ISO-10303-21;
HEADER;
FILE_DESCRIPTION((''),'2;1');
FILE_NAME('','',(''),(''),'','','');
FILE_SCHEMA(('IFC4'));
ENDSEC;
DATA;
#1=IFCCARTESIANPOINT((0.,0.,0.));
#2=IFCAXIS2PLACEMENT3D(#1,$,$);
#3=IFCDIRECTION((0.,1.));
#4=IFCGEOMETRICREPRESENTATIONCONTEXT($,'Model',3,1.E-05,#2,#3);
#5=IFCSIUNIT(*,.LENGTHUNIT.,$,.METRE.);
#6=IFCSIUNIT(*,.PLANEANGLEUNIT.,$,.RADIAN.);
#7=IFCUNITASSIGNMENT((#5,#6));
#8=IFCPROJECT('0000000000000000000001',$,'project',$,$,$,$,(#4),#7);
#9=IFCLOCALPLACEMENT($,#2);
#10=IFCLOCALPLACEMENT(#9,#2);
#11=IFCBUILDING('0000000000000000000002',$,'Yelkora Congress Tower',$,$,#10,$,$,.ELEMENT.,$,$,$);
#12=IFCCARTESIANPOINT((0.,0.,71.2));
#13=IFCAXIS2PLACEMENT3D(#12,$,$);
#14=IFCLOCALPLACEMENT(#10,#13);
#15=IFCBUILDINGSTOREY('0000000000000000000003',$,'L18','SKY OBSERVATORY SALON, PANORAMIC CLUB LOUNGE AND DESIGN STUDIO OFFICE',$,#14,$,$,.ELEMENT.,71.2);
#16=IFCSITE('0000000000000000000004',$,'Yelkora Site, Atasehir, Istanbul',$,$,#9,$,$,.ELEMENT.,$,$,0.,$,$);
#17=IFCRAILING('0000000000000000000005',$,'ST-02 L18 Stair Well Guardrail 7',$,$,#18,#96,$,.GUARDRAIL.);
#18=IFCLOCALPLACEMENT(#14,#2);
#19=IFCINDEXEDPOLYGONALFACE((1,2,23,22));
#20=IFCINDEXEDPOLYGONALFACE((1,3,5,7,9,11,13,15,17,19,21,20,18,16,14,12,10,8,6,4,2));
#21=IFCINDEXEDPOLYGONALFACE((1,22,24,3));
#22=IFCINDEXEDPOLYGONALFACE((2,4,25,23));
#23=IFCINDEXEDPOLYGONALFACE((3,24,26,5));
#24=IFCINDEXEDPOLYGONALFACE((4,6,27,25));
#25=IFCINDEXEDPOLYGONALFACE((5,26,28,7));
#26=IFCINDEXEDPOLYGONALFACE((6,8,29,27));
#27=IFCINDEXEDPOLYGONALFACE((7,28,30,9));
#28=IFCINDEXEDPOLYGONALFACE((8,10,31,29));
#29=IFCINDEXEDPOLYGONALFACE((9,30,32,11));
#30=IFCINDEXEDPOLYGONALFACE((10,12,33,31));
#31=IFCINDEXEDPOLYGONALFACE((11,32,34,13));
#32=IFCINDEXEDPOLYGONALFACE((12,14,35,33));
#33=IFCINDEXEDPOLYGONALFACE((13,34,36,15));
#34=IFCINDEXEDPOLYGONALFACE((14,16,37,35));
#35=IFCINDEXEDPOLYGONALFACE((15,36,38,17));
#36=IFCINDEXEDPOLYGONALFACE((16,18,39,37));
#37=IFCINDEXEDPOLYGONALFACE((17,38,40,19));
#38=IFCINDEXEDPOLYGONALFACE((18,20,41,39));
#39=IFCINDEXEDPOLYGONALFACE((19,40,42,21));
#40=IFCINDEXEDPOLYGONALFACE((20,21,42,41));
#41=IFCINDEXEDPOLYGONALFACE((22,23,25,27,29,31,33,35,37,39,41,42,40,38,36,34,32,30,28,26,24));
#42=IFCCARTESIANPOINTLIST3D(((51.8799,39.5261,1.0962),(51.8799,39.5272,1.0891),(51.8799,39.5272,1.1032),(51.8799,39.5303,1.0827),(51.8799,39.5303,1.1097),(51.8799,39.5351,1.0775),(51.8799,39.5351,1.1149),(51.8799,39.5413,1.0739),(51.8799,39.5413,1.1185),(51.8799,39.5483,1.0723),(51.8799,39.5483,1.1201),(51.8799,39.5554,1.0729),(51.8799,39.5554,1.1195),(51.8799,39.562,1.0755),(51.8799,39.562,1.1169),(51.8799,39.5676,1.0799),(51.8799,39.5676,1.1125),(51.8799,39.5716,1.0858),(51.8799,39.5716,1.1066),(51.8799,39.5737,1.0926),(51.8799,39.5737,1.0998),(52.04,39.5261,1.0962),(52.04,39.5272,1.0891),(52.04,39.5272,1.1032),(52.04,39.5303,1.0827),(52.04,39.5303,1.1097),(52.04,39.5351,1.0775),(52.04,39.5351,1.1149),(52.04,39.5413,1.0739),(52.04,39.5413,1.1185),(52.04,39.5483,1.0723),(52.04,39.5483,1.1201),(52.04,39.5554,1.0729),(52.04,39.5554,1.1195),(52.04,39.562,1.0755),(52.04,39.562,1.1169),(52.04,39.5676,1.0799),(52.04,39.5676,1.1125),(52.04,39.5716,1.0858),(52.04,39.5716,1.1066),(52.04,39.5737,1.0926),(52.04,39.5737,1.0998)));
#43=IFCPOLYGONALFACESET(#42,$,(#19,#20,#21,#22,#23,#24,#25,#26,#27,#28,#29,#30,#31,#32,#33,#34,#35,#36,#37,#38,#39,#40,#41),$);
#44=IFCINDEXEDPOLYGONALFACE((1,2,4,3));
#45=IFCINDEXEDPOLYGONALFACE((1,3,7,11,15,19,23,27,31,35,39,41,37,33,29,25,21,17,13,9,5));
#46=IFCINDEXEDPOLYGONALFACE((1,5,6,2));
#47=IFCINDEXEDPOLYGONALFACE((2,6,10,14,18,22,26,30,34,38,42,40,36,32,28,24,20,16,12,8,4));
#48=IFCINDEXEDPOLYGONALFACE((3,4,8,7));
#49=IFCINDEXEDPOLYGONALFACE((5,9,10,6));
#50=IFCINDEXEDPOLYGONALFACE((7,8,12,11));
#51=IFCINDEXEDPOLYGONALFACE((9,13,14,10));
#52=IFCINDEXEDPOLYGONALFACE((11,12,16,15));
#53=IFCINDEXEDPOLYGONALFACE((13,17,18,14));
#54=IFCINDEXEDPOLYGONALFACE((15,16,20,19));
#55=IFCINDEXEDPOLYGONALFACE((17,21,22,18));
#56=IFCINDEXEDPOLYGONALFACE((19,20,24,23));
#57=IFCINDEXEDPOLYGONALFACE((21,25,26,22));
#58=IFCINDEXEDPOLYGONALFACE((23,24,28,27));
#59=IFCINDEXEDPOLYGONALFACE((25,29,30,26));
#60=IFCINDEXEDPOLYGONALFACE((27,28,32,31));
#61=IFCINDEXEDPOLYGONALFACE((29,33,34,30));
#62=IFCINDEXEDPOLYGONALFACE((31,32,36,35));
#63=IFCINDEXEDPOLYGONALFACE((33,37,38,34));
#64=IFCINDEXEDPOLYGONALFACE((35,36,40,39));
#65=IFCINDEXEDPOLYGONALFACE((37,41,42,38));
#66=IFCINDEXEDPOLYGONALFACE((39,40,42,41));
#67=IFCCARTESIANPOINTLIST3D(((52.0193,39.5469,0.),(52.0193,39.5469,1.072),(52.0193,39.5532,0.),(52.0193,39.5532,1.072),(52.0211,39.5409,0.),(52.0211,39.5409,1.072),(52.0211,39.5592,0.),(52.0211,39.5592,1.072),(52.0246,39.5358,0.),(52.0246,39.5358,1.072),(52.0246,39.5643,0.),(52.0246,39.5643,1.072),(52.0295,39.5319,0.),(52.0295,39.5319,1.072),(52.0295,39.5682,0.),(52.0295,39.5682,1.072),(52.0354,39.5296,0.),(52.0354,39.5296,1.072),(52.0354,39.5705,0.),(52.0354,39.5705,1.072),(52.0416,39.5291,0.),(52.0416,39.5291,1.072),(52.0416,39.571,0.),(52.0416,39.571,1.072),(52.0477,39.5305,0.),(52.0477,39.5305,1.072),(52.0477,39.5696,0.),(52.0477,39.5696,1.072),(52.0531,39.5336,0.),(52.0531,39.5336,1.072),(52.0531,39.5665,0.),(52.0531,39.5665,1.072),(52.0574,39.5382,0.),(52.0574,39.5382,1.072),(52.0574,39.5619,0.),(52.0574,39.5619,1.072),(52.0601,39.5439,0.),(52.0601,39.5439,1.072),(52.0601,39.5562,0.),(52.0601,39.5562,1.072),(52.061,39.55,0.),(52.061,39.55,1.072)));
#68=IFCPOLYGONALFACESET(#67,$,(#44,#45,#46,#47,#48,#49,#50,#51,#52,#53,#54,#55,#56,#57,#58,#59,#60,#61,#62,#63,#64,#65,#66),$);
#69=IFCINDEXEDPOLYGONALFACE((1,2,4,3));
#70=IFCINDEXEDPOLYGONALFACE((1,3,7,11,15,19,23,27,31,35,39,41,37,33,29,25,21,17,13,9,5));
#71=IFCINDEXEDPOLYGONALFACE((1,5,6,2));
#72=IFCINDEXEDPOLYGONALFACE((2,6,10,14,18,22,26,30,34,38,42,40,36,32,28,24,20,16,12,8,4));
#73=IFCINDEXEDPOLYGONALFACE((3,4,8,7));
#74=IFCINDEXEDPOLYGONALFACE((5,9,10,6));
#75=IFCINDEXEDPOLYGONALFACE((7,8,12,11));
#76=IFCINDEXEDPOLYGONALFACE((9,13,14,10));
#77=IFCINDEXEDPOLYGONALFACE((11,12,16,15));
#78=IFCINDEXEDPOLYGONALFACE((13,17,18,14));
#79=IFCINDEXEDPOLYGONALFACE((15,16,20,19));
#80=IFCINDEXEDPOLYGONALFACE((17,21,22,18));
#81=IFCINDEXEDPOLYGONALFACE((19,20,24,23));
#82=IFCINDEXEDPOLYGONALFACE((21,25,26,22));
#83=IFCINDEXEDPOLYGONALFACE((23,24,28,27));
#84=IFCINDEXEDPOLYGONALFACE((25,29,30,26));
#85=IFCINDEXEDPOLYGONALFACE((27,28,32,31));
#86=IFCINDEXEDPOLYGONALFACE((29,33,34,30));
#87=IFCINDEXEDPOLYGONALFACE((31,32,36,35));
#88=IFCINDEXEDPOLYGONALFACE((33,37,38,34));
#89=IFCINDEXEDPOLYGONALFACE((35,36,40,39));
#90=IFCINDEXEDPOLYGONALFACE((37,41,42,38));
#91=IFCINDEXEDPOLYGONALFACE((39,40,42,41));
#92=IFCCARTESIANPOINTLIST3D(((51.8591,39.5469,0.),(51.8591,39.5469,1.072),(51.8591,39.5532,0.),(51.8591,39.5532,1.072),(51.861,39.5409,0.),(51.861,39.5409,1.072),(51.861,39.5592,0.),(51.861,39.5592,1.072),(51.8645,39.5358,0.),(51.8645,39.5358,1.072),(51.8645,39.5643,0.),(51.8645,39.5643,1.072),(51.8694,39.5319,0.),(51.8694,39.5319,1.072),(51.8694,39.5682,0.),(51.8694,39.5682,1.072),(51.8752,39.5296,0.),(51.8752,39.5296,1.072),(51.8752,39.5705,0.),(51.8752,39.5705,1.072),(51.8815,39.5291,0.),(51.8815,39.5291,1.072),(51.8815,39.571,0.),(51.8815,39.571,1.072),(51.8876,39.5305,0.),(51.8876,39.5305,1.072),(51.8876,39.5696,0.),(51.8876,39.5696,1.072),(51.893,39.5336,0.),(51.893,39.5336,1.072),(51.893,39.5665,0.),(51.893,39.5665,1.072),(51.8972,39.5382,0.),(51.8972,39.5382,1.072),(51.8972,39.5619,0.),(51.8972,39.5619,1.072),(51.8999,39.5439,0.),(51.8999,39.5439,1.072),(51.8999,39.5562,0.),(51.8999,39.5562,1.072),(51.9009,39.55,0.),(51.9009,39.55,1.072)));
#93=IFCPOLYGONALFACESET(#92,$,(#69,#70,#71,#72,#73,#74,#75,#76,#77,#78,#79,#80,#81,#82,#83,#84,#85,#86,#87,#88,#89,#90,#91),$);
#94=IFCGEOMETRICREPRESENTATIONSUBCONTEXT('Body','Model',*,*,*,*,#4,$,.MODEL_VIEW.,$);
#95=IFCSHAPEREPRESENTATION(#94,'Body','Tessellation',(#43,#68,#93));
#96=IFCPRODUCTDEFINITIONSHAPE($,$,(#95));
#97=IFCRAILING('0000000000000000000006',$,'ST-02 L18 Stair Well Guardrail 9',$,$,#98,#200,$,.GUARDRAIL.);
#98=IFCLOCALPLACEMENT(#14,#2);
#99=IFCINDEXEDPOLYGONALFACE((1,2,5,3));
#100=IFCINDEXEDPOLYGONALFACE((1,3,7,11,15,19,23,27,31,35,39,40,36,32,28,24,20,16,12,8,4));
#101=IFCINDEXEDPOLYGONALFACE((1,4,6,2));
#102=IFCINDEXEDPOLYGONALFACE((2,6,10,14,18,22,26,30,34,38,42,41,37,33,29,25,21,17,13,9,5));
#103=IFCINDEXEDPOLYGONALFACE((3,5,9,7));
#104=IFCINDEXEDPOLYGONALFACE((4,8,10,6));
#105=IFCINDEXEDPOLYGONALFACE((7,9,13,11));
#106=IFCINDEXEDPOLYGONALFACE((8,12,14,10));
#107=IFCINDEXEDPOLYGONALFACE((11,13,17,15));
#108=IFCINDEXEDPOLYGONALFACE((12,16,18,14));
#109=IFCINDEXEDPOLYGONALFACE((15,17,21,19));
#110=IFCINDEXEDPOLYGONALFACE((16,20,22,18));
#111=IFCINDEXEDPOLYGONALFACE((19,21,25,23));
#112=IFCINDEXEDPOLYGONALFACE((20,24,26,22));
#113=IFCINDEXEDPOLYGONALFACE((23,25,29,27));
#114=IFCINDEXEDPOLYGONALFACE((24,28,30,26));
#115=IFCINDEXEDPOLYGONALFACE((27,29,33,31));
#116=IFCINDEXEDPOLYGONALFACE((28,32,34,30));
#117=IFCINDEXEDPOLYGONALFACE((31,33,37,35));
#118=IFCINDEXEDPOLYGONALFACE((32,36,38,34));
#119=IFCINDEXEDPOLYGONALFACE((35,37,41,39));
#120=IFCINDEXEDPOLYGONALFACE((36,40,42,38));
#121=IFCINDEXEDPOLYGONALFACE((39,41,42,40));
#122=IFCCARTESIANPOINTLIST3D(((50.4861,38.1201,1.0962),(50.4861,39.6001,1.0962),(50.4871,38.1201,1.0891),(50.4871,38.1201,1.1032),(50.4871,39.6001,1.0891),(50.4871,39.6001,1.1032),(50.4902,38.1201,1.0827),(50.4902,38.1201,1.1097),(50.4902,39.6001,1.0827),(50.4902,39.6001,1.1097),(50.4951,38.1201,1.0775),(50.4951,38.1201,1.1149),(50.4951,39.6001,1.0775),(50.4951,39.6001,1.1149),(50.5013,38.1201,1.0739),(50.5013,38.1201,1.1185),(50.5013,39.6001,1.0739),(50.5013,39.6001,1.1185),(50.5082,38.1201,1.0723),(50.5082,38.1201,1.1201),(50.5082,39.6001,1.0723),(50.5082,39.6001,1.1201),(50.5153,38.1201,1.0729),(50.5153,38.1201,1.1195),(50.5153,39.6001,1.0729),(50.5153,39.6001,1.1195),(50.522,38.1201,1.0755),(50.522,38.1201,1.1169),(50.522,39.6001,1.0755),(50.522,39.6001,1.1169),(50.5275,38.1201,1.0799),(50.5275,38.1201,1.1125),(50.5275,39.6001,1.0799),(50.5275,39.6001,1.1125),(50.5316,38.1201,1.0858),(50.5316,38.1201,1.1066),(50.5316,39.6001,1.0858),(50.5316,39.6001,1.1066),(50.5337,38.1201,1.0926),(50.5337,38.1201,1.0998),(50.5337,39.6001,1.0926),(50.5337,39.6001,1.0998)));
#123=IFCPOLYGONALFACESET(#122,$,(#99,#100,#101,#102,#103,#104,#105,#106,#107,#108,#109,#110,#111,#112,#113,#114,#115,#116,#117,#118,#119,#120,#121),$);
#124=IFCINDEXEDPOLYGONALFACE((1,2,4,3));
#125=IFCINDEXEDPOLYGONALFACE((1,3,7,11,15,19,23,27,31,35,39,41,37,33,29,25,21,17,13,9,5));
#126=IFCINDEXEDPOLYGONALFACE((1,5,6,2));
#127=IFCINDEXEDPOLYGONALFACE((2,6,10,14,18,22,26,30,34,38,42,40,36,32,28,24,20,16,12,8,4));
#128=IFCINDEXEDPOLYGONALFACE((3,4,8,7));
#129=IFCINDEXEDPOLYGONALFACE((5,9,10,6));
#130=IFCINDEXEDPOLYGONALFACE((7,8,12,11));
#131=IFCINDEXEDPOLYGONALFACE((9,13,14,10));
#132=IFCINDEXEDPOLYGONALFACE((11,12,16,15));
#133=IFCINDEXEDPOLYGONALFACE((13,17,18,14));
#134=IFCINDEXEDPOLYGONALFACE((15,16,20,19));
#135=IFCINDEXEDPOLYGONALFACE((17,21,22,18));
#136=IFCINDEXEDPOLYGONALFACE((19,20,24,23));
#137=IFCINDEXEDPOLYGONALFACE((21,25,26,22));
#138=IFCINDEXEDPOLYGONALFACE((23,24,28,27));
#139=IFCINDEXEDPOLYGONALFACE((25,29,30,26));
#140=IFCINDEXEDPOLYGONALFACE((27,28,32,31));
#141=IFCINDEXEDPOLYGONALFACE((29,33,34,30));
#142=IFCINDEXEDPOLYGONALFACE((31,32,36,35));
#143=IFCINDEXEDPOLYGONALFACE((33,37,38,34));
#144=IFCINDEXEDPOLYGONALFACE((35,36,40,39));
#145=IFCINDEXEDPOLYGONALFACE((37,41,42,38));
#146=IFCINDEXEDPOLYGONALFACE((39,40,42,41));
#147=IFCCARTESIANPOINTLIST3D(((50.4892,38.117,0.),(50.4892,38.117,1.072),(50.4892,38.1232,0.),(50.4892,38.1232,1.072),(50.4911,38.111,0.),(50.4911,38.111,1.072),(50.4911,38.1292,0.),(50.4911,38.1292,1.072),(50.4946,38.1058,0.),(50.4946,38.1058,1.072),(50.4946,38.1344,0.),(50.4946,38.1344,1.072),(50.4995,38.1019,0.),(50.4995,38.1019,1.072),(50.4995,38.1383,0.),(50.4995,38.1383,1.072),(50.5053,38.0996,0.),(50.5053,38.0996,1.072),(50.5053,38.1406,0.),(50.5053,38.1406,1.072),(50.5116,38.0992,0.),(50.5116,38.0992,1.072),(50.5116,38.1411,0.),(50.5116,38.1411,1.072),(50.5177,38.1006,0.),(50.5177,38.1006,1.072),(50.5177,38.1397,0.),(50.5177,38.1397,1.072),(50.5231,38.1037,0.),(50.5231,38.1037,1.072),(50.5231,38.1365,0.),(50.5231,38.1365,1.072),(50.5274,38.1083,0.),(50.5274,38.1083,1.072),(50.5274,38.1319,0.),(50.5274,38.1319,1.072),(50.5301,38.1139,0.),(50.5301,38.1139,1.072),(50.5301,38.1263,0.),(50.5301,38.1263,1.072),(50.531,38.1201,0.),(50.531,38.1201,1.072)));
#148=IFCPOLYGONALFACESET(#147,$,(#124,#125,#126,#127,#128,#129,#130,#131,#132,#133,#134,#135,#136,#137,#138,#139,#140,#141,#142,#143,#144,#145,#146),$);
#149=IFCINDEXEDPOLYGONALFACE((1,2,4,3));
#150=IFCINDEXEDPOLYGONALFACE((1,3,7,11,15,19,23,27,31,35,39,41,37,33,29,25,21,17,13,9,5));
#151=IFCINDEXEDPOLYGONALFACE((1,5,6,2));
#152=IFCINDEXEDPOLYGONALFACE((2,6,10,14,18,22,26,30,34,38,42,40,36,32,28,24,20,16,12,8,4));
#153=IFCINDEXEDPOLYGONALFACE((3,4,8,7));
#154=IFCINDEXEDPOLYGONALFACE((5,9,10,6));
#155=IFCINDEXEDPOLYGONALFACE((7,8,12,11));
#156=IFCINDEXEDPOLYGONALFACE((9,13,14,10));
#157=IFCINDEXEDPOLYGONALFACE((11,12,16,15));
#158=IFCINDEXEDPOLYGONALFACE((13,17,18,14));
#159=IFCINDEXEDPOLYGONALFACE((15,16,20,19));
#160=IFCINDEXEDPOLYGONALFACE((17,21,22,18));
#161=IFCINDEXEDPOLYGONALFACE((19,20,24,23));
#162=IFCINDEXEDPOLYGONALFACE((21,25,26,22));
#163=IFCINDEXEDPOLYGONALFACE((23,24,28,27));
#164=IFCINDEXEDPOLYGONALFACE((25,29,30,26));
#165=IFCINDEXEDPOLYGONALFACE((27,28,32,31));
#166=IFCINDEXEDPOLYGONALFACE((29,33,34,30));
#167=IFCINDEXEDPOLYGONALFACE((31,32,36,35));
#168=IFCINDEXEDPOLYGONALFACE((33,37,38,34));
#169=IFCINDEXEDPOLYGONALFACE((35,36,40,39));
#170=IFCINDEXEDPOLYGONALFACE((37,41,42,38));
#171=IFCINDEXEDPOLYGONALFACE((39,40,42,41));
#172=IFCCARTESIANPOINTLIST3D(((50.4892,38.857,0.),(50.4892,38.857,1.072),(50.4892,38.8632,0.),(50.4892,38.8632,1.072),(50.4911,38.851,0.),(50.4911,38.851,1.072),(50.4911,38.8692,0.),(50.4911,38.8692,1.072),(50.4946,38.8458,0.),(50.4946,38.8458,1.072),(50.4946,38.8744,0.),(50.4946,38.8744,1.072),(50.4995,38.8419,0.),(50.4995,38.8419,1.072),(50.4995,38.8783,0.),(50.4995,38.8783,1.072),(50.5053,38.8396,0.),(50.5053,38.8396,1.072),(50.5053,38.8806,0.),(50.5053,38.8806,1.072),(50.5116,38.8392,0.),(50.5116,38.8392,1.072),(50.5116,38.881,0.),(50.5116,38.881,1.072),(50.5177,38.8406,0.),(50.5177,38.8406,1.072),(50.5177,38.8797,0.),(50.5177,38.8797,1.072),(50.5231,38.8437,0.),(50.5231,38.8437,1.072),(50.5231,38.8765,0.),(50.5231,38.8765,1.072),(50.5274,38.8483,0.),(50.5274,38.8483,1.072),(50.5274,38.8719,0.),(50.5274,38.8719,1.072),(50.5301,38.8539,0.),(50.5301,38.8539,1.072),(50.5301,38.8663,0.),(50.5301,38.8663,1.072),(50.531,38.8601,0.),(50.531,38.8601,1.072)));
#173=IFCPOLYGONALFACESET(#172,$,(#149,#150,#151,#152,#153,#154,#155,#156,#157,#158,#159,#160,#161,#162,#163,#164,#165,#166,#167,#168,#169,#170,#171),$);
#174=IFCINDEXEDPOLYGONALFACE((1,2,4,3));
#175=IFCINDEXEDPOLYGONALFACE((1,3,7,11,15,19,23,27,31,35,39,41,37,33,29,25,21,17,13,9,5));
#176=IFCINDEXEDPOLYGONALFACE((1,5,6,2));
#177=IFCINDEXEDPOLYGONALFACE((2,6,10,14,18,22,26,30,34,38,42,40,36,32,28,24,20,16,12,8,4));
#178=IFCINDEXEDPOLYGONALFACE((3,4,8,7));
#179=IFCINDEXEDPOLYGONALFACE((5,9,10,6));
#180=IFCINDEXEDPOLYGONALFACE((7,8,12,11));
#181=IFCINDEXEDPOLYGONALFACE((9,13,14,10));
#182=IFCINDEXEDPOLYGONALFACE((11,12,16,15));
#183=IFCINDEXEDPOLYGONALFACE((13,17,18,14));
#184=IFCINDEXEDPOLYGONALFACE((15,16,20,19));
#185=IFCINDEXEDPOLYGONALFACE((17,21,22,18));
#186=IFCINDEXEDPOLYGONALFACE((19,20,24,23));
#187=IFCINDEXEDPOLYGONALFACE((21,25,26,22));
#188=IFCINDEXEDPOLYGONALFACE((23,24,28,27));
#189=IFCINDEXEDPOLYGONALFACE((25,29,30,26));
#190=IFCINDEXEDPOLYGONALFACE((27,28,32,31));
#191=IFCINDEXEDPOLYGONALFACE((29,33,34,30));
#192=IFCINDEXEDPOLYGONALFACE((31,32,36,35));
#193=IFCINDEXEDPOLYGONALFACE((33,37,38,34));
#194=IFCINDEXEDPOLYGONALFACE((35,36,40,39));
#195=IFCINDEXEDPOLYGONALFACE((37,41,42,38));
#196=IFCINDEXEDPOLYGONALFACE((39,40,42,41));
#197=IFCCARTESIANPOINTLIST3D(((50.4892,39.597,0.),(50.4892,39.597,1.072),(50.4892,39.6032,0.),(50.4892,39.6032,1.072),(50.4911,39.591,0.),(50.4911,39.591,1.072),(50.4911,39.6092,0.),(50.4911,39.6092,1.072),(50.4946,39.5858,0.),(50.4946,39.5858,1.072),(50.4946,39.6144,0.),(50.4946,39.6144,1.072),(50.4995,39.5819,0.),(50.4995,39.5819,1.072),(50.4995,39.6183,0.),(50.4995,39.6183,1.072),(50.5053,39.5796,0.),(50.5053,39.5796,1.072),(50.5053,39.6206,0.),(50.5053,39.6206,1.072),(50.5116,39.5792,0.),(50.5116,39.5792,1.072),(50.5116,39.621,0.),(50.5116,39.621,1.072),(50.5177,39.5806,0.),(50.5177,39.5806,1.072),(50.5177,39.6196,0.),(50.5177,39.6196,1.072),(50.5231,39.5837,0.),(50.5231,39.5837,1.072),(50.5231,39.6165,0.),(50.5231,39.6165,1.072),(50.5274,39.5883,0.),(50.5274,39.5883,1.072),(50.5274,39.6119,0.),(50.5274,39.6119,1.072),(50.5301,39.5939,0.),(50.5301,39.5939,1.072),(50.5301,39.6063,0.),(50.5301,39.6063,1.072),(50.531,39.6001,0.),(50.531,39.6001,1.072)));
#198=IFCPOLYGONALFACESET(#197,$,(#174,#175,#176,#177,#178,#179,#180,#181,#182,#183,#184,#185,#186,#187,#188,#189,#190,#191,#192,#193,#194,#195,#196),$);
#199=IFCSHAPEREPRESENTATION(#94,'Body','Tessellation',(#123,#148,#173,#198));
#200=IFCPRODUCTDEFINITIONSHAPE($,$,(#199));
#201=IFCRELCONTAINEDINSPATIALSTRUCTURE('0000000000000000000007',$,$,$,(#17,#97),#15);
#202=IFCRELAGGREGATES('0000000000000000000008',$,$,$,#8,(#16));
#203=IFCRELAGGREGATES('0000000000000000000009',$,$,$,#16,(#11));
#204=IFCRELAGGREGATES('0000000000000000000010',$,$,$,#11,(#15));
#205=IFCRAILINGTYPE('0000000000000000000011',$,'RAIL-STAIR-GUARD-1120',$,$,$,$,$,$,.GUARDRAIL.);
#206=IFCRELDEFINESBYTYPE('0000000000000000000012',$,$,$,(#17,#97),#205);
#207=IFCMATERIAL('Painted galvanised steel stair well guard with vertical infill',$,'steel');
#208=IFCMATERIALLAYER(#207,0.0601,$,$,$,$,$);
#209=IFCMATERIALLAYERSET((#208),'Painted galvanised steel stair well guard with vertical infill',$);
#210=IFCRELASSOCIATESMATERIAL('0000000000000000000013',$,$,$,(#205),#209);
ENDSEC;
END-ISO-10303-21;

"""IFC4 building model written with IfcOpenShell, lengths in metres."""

from ifc_helpers import new_model, si_unit, direction, frame, origin, origin_2d, place, context, subcontext, project, spatial, circle, extrude, material, layer, layer_set, type_object, element, save


model = new_model("IFC4")

# Units and contexts
model_context = context("Model", 3, precision=1e-05, world=origin(), true_north=direction((0.0, 1.0)))
body_context = subcontext(model_context, "Body", "Model", "MODEL_VIEW")
ifc_project = project(units=[si_unit("LENGTHUNIT", "METRE"), si_unit("PLANEANGLEUNIT", "RADIAN")], contexts=[model_context])

# Site, building, storey
site_placement = place(None, origin())
site = spatial("IfcSite", under=ifc_project, at=site_placement, Name="Yelkora Site, Atasehir, Istanbul", CompositionType="ELEMENT", RefElevation=0.0)
building_placement = place(site_placement, origin())
building = spatial("IfcBuilding", under=site, at=building_placement, Name="Yelkora Congress Tower", CompositionType="ELEMENT")
storey_placement = place(building_placement, frame((0.0, 0.0, 71.2)))
storey = spatial("IfcBuildingStorey", under=building, at=storey_placement, Name="L18", Description="SKY OBSERVATORY SALON, PANORAMIC CLUB LOUNGE AND DESIGN STUDIO OFFICE", CompositionType="ELEMENT", Elevation=71.2)

# Railings
ifc_material_1 = material(Name="Painted galvanised steel stair well guard with vertical infill", Category="steel")
ifc_layer_1 = layer(ifc_material_1, 0.0601)
ifc_layer_set_1 = layer_set([ifc_layer_1], Name="Painted galvanised steel stair well guard with vertical infill")
railing_type_1 = type_object("IfcRailingType", Name="RAIL-STAIR-GUARD-1120", PredefinedType="GUARDRAIL", material=ifc_layer_set_1)
railing_1_placement = place(storey_placement, frame((52.04, 39.55, 0.0)))
element("IfcRailing", 1, at=railing_1_placement, inside=storey, type_object=railing_type_1, Name="ST-02 L18 Stair Well Guardrail 7", PredefinedType="GUARDRAIL", context=body_context, shape_type="SweptSolid", body=[
    extrude(circle(Radius=0.0239, at=origin_2d()), frame((0.0, 0.0, 1.0962), z_axis=(-1.0, 0.0, 0.0), x_axis=(0.0, -1.0, 0.0)), (0.0, 0.0, 1.0), 0.1602),
    extrude(circle(Radius=0.021, at=origin_2d()), origin(), (0.0, 0.0, 1.0), 1.072),
    extrude(circle(Radius=0.021, at=origin_2d()), frame((-0.1602, 0.0, 0.0)), (0.0, 0.0, 1.0), 1.072),
])
railing_2_placement = place(storey_placement, frame((50.51, 38.1201, 0.0)))
element("IfcRailing", 2, at=railing_2_placement, inside=storey, type_object=railing_type_1, Name="ST-02 L18 Stair Well Guardrail 9", PredefinedType="GUARDRAIL", context=body_context, shape_type="SweptSolid", body=[
    extrude(circle(Radius=0.0239, at=origin_2d()), frame((0.0, 0.0, 1.0962), z_axis=(0.0, 1.0, 0.0), x_axis=(-1.0, 0.0, 0.0)), (0.0, 0.0, 1.0), 1.48),
    extrude(circle(Radius=0.021, at=origin_2d()), origin(), (0.0, 0.0, 1.0), 1.072),
    extrude(circle(Radius=0.021, at=origin_2d()), frame((0.0, 0.74, 0.0)), (0.0, 0.0, 1.0), 1.072),
    extrude(circle(Radius=0.021, at=origin_2d()), frame((0.0, 1.48, 0.0)), (0.0, 0.0, 1.0), 1.072),
])

save(model, "model.ifc")
